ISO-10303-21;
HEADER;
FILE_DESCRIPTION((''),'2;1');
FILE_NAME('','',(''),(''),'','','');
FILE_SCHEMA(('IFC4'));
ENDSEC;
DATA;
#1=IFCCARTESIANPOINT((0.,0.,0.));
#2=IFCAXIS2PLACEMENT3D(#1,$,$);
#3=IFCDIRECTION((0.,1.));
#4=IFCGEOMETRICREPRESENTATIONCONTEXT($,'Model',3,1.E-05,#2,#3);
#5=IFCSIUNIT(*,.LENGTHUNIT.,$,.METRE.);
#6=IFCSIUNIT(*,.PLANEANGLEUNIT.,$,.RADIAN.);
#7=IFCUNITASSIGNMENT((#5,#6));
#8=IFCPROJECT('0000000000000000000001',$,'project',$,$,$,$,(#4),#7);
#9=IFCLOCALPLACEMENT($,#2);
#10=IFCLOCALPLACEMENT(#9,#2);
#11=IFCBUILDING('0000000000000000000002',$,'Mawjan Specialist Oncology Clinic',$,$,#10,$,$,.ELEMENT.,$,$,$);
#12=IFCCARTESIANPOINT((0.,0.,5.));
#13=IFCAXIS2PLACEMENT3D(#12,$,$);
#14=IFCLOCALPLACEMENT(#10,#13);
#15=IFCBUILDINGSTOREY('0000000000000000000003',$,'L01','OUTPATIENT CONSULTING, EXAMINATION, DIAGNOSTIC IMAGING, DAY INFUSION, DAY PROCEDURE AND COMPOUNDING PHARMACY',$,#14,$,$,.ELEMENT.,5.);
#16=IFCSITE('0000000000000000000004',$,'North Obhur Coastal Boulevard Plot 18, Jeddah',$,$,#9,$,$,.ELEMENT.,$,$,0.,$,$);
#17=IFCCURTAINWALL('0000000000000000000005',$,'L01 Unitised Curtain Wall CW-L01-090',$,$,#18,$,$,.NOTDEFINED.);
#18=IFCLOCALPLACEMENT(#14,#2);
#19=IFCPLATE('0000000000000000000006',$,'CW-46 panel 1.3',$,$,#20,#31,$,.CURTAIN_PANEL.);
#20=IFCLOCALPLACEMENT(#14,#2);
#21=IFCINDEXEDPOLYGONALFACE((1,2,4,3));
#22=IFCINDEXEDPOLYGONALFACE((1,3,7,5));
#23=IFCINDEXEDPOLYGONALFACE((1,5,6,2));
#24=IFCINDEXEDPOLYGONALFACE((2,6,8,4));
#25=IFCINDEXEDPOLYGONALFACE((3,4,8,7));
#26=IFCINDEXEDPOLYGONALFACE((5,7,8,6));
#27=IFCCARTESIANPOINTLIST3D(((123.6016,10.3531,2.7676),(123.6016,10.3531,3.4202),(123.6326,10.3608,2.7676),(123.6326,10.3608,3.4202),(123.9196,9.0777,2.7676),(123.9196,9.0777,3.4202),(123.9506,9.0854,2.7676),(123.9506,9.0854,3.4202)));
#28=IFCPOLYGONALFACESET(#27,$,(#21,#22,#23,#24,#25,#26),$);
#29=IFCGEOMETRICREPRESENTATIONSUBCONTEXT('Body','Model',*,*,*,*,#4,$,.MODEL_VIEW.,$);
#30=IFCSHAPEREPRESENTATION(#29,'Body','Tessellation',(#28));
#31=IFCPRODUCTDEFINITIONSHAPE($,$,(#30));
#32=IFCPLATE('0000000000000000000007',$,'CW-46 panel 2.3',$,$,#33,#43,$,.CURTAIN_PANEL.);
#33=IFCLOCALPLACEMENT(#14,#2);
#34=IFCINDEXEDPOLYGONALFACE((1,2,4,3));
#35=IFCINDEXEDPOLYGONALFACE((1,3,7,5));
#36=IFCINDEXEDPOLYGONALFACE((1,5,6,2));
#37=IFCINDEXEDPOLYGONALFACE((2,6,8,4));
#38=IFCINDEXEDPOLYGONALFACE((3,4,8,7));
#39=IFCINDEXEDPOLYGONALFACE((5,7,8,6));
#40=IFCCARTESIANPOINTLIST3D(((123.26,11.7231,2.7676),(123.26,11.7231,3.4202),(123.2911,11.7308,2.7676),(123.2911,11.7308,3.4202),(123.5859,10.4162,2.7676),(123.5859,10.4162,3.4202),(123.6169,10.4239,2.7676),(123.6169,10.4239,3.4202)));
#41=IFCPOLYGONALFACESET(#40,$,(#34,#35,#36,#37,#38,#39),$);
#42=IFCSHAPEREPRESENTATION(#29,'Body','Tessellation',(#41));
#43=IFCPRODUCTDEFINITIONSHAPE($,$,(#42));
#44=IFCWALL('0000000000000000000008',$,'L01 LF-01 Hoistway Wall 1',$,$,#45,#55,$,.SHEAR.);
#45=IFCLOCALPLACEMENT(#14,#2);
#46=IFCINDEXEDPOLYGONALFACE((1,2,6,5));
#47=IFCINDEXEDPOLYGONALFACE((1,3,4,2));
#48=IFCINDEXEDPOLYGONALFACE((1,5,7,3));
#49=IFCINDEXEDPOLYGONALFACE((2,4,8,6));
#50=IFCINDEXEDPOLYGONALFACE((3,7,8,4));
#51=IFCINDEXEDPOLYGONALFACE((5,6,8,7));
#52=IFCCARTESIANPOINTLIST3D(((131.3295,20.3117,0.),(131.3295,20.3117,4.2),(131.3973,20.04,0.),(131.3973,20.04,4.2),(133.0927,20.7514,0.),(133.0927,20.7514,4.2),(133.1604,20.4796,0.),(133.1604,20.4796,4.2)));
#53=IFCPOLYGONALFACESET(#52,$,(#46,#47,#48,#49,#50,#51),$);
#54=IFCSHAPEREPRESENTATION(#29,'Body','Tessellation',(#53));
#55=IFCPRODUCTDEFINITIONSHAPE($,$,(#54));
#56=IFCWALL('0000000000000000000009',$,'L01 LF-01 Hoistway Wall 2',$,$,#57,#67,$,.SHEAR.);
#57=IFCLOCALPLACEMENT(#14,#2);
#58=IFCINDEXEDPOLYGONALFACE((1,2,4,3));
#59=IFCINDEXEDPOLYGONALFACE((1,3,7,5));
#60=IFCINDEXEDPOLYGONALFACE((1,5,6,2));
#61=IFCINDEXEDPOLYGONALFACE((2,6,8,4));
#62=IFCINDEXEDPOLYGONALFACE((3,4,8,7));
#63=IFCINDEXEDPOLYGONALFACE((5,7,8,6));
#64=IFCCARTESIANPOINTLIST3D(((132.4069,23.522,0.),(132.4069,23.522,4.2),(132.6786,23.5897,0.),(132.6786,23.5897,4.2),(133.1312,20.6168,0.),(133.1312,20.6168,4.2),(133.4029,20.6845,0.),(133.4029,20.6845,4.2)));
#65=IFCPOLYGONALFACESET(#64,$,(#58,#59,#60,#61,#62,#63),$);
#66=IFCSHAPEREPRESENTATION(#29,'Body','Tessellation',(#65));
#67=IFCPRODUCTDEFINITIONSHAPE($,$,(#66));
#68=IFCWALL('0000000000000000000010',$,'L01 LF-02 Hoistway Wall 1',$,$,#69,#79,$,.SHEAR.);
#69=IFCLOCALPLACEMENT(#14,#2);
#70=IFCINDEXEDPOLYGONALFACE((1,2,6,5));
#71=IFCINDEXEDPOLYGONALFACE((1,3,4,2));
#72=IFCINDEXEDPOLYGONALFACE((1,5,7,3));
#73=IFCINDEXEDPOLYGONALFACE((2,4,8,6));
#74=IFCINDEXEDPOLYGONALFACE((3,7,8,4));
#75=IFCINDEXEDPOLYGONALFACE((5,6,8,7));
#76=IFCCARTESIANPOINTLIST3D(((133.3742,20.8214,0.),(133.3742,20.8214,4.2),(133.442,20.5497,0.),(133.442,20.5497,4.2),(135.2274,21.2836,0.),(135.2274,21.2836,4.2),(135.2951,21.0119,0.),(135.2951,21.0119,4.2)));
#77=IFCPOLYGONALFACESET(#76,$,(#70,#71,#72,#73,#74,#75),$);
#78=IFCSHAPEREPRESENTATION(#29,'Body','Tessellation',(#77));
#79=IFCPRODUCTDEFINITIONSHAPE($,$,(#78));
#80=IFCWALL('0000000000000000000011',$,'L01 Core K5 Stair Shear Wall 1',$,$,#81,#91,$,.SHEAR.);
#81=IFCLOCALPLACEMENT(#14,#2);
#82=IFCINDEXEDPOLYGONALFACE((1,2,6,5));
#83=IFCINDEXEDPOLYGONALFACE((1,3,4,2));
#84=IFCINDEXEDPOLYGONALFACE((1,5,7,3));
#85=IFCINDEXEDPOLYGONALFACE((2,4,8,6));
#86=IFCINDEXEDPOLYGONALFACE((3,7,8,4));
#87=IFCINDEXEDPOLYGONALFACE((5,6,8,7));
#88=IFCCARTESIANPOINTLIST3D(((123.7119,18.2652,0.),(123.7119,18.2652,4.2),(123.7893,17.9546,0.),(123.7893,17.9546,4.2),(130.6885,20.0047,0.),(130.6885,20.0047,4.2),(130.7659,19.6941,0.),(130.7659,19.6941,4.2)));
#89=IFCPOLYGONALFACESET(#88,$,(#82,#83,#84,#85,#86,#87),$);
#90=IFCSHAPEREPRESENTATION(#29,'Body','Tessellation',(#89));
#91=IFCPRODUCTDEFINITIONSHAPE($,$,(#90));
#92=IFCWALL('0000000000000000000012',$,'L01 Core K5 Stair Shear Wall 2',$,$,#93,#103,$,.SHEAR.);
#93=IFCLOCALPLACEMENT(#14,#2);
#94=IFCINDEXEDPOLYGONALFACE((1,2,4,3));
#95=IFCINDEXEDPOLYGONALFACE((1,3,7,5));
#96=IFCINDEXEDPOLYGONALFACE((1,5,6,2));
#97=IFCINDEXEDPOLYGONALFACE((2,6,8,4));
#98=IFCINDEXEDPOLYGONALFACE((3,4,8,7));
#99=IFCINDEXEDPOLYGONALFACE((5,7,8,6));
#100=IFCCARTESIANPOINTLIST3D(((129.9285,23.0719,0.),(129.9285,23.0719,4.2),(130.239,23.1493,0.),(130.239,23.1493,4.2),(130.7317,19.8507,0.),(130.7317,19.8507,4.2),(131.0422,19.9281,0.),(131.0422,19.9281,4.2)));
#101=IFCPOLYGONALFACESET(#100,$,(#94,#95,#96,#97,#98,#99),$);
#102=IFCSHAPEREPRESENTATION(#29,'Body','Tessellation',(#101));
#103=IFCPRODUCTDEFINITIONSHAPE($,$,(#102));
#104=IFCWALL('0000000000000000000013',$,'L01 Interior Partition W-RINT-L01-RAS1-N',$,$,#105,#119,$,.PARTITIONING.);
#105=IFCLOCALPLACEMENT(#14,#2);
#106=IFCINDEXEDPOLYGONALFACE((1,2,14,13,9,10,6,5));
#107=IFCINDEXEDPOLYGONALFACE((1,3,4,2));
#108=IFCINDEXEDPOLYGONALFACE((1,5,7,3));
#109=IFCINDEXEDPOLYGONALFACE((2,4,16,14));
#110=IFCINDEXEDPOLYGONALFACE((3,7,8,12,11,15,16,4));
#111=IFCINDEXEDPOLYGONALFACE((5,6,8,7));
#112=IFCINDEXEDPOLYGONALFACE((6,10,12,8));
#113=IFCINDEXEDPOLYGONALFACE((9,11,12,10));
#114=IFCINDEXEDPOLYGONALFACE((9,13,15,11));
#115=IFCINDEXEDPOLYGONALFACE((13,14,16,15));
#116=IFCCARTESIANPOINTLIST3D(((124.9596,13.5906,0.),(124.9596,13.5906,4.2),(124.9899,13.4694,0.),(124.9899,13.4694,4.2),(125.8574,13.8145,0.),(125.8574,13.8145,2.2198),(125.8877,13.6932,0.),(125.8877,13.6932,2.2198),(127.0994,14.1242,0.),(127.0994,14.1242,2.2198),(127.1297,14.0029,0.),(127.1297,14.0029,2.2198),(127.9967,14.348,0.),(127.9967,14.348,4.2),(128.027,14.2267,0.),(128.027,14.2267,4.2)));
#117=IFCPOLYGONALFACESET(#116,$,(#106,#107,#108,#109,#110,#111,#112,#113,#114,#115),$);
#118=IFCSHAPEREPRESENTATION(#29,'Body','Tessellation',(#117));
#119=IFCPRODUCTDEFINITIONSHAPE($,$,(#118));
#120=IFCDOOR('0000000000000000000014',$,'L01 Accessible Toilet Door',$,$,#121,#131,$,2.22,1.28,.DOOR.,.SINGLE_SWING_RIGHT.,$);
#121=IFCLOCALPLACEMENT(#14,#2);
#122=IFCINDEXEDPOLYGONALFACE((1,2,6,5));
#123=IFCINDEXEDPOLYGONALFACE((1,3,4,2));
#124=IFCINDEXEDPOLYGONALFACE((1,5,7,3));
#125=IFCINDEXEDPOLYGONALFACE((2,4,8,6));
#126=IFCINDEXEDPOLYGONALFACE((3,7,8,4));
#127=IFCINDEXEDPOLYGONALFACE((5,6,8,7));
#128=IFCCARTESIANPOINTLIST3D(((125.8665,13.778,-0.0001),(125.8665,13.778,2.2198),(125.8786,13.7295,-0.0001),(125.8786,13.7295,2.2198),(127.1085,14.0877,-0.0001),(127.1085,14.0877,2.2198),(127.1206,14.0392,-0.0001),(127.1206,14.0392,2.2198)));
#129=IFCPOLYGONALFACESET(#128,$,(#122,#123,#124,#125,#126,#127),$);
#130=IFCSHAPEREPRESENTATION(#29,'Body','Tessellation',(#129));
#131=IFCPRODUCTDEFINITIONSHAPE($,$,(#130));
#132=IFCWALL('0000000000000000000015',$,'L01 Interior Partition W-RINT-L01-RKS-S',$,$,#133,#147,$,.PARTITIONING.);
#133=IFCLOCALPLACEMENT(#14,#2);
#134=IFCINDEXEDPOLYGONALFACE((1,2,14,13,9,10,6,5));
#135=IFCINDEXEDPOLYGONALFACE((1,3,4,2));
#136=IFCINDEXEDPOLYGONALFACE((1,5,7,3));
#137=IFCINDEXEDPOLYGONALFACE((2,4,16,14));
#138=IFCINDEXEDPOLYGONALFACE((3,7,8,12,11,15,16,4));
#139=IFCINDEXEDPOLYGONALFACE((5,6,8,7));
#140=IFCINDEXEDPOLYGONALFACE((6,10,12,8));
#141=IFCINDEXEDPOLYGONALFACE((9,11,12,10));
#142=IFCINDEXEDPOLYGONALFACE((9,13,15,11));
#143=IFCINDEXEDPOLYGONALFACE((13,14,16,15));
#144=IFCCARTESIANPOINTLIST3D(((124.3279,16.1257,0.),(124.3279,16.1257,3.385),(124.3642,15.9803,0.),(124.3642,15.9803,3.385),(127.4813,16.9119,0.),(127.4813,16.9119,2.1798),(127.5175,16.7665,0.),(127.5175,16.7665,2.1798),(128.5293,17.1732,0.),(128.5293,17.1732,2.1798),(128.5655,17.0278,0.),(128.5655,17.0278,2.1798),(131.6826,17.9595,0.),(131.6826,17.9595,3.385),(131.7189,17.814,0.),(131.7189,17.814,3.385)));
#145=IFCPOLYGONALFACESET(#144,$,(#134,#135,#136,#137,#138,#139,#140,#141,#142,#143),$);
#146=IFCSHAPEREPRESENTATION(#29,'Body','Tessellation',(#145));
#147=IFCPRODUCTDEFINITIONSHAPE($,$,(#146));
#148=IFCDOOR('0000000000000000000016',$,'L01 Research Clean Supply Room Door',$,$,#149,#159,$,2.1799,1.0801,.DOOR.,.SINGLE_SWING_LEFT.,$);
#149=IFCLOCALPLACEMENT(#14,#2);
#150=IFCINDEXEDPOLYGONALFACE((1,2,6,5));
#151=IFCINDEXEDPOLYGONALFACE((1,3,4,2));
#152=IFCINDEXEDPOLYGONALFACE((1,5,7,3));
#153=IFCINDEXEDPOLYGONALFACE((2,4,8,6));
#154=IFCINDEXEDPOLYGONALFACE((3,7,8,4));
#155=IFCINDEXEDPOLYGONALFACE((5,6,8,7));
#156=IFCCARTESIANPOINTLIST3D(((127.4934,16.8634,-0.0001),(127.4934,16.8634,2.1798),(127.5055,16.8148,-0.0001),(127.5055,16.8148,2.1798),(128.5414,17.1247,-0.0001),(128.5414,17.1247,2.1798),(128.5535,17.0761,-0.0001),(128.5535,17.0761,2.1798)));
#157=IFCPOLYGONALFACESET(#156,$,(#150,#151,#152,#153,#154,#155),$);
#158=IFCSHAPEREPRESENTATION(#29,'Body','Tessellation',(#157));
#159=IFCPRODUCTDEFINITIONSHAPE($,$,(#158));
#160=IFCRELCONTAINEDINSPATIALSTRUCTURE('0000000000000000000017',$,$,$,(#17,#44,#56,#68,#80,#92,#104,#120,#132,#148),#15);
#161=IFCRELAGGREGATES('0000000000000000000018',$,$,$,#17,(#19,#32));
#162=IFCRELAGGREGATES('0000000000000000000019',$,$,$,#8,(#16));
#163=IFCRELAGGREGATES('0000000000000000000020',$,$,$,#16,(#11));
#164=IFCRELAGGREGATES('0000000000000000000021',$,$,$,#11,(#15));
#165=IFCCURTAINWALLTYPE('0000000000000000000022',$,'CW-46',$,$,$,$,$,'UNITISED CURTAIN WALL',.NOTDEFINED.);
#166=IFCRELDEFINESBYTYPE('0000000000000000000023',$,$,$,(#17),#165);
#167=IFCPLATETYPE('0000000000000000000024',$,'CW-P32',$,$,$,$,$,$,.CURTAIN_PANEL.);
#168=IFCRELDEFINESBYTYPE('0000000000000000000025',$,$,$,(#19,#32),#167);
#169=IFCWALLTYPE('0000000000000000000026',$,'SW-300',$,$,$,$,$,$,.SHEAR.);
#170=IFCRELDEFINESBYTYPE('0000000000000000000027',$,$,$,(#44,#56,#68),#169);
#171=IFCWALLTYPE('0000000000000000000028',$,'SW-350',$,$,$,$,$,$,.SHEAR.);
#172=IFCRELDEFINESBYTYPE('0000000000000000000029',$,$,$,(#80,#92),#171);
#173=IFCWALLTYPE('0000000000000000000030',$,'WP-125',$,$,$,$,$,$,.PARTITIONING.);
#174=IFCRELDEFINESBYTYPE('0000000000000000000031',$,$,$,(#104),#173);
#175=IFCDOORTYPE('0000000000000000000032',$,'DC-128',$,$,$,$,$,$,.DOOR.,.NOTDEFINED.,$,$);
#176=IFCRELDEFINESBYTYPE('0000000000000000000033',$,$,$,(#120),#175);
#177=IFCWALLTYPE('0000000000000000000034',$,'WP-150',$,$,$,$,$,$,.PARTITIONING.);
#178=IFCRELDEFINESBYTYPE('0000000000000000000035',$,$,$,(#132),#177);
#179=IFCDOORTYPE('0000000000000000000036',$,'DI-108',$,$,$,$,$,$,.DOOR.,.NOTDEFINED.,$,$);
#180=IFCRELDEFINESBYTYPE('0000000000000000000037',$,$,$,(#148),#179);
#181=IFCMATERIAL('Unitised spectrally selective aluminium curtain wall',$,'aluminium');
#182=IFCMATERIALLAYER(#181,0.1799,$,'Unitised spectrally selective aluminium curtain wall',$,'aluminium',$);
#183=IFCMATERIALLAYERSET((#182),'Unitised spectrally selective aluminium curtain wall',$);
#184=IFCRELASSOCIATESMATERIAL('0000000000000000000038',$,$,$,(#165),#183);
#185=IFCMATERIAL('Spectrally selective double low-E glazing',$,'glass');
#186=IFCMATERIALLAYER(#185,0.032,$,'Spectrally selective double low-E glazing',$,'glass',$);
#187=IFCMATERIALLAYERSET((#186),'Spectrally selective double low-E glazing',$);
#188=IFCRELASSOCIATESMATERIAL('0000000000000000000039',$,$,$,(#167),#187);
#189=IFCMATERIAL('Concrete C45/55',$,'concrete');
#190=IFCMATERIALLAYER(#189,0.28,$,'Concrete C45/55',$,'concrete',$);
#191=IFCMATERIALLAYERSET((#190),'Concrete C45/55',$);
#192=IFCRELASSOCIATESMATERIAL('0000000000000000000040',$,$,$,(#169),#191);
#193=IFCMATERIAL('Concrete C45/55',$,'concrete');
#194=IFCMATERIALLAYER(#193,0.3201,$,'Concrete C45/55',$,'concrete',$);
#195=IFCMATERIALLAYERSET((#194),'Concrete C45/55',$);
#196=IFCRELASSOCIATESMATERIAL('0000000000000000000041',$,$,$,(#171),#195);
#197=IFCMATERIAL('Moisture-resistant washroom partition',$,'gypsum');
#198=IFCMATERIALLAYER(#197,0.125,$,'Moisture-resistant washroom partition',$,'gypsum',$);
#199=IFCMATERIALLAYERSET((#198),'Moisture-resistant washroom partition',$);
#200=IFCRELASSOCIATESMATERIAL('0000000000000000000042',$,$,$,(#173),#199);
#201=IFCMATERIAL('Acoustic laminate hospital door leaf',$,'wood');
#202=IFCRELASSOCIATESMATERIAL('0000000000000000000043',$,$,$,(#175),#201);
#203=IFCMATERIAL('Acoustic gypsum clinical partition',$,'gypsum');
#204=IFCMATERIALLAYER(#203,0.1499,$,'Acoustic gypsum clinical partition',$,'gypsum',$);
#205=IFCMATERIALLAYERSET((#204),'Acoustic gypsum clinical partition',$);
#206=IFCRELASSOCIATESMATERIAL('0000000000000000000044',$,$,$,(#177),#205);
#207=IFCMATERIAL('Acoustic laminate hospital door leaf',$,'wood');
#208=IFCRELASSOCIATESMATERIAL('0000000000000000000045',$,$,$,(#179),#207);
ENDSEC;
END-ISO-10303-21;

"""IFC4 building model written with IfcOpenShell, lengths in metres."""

from ifc_helpers import new_model, si_unit, direction, frame, frame_2d, origin, origin_2d, place, context, subcontext, project, spatial, rectangle, extrude, material, layer, layer_set, type_object, element, fill, aggregate, save


model = new_model("IFC4")

# Units and contexts
model_context = context("Model", 3, precision=1e-05, world=origin(), true_north=direction((0.0, 1.0)))
body_context = subcontext(model_context, "Body", "Model", "MODEL_VIEW")
ifc_project = project(units=[si_unit("LENGTHUNIT", "METRE"), si_unit("PLANEANGLEUNIT", "RADIAN")], contexts=[model_context])

# Site, building, storey
site_placement = place(None, origin())
site = spatial("IfcSite", under=ifc_project, at=site_placement, Name="North Obhur Coastal Boulevard Plot 18, Jeddah", CompositionType="ELEMENT", RefElevation=0.0)
building_placement = place(site_placement, origin())
building = spatial("IfcBuilding", under=site, at=building_placement, Name="Mawjan Specialist Oncology Clinic", CompositionType="ELEMENT")
storey_placement = place(building_placement, frame((0.0, 0.0, 5.0)))
storey = spatial("IfcBuildingStorey", under=building, at=storey_placement, Name="L01", Description="OUTPATIENT CONSULTING, EXAMINATION, DIAGNOSTIC IMAGING, DAY INFUSION, DAY PROCEDURE AND COMPOUNDING PHARMACY", CompositionType="ELEMENT", Elevation=5.0)

# Curtain wall, plates
ifc_material_1 = material(Name="Unitised spectrally selective aluminium curtain wall", Category="aluminium")
ifc_layer_1 = layer(ifc_material_1, 0.1799, Name="Unitised spectrally selective aluminium curtain wall", Category="aluminium")
ifc_layer_set_1 = layer_set([ifc_layer_1], Name="Unitised spectrally selective aluminium curtain wall")
curtain_wall_type = type_object("IfcCurtainWallType", Name="CW-46", ElementType="UNITISED CURTAIN WALL", PredefinedType="NOTDEFINED", material=ifc_layer_set_1)
curtain_wall_placement = place(storey_placement, origin())
curtain_wall = element("IfcCurtainWall", 1, at=curtain_wall_placement, inside=storey, type_object=curtain_wall_type, Name="L01 Unitised Curtain Wall CW-L01-090", PredefinedType="NOTDEFINED")
ifc_material_2 = material(Name="Spectrally selective double low-E glazing", Category="glass")
ifc_layer_2 = layer(ifc_material_2, 0.032, Name="Spectrally selective double low-E glazing", Category="glass")
ifc_layer_set_2 = layer_set([ifc_layer_2], Name="Spectrally selective double low-E glazing")
plate_type = type_object("IfcPlateType", Name="CW-P32", PredefinedType="CURTAIN_PANEL", material=ifc_layer_set_2)
plate_1_placement = place(storey_placement, frame((123.7761, 9.7192, 2.7676), z_axis=(0.0, 0.0, 1.0), x_axis=(-0.241922, 0.970296, 0.0)))
plate_1 = element("IfcPlate", 2, at=plate_1_placement, type_object=plate_type, Name="CW-46 panel 1.3", PredefinedType="CURTAIN_PANEL", context=body_context, shape_type="SweptSolid", body=[
    extrude(rectangle(XDim=1.3145, YDim=0.032, at=origin_2d()), origin(), (0.0, 0.0, 1.0), 0.6526),
])
plate_2_placement = place(storey_placement, frame((123.4385, 11.0735, 2.7676), z_axis=(0.0, 0.0, 1.0), x_axis=(-0.241922, 0.970296, 0.0)))
plate_2 = element("IfcPlate", 3, at=plate_2_placement, type_object=plate_type, Name="CW-46 panel 2.3", PredefinedType="CURTAIN_PANEL", context=body_context, shape_type="SweptSolid", body=[
    extrude(rectangle(XDim=1.3469, YDim=0.032, at=origin_2d()), origin(), (0.0, 0.0, 1.0), 0.6526),
])
aggregate(curtain_wall, [plate_1, plate_2])

# Walls
ifc_material_3 = material(Name="Concrete C45/55", Category="concrete")
ifc_layer_3 = layer(ifc_material_3, 0.28, Name="Concrete C45/55", Category="concrete")
ifc_layer_set_3 = layer_set([ifc_layer_3], Name="Concrete C45/55")
wall_type_1 = type_object("IfcWallType", Name="SW-300", PredefinedType="SHEAR", material=ifc_layer_set_3)
wall_1_placement = place(storey_placement, frame((131.3633, 20.1758, 0.0), z_axis=(0.0, 0.0, 1.0), x_axis=(0.970285, 0.241967, 0.0)))
element("IfcWall", 4, at=wall_1_placement, inside=storey, type_object=wall_type_1, Name="L01 LF-01 Hoistway Wall 1", PredefinedType="SHEAR", context=body_context, shape_type="SweptSolid", body=[
    extrude(rectangle(XDim=1.8171, YDim=0.28, at=frame_2d((0.9087, 0.0))), origin(), (0.0, 0.0, 1.0), 4.2),
])
wall_2_placement = place(storey_placement, frame((133.2671, 20.6506, 0.0), z_axis=(0.0, 0.0, 1.0), x_axis=(-0.241922, 0.970296, 0.0)))
element("IfcWall", 5, at=wall_2_placement, inside=storey, type_object=wall_type_1, Name="L01 LF-01 Hoistway Wall 2", PredefinedType="SHEAR", context=body_context, shape_type="SweptSolid", body=[
    extrude(rectangle(XDim=2.9941, YDim=0.28, at=frame_2d((1.4971, 0.0))), origin(), (0.0, 0.0, 1.0), 4.2),
])
wall_3_placement = place(storey_placement, frame((133.408, 20.6855, 0.0), z_axis=(0.0, 0.0, 1.0), x_axis=(0.970285, 0.241964, 0.0)))
element("IfcWall", 6, at=wall_3_placement, inside=storey, type_object=wall_type_1, Name="L01 LF-02 Hoistway Wall 1", PredefinedType="SHEAR", context=body_context, shape_type="SweptSolid", body=[
    extrude(rectangle(XDim=1.9099, YDim=0.28, at=frame_2d((0.9551, 0.0))), origin(), (0.0, 0.0, 1.0), 4.2),
])
ifc_material_4 = material(Name="Concrete C45/55", Category="concrete")
ifc_layer_4 = layer(ifc_material_4, 0.3201, Name="Concrete C45/55", Category="concrete")
ifc_layer_set_4 = layer_set([ifc_layer_4], Name="Concrete C45/55")
wall_type_2 = type_object("IfcWallType", Name="SW-350", PredefinedType="SHEAR", material=ifc_layer_set_4)
wall_4_placement = place(storey_placement, frame((123.7505, 18.1099, 0.0), z_axis=(0.0, 0.0, 1.0), x_axis=(0.970294, 0.241928, 0.0)))
element("IfcWall", 7, at=wall_4_placement, inside=storey, type_object=wall_type_2, Name="L01 Core K5 Stair Shear Wall 1", PredefinedType="SHEAR", context=body_context, shape_type="SweptSolid", body=[
    extrude(rectangle(XDim=7.1902, YDim=0.3201, at=frame_2d((3.5952, 0.0))), origin(), (0.0, 0.0, 1.0), 4.2),
])
wall_5_placement = place(storey_placement, frame((130.887, 19.8894, 0.0), z_axis=(0.0, 0.0, 1.0), x_axis=(-0.241947, 0.970289, 0.0)))
element("IfcWall", 8, at=wall_5_placement, inside=storey, type_object=wall_type_2, Name="L01 Core K5 Stair Shear Wall 2", PredefinedType="SHEAR", context=body_context, shape_type="SweptSolid", body=[
    extrude(rectangle(XDim=3.3198, YDim=0.3201, at=frame_2d((1.6599, 0.0))), origin(), (0.0, 0.0, 1.0), 4.2),
])

# Walls, openings, doors
ifc_material_5 = material(Name="Moisture-resistant washroom partition", Category="gypsum")
ifc_layer_5 = layer(ifc_material_5, 0.125, Name="Moisture-resistant washroom partition", Category="gypsum")
ifc_layer_set_5 = layer_set([ifc_layer_5], Name="Moisture-resistant washroom partition")
wall_type_3 = type_object("IfcWallType", Name="WP-125", PredefinedType="PARTITIONING", material=ifc_layer_set_5)
wall_6_placement = place(storey_placement, frame((124.9749, 13.53, 0.0), z_axis=(0.0, 0.0, 1.0), x_axis=(0.970289, 0.241948, 0.0)))
wall_6 = element("IfcWall", 9, at=wall_6_placement, inside=storey, type_object=wall_type_3, Name="L01 Interior Partition W-RINT-L01-RAS1-N", PredefinedType="PARTITIONING", context=body_context, shape_type="SweptSolid", body=[
    extrude(rectangle(XDim=3.1301, YDim=0.125, at=frame_2d((1.5649, 0.0))), origin(), (0.0, 0.0, 1.0), 4.2),
])
opening_1_placement = place(wall_6_placement, frame((0.925, 0.0, 0.0)))
opening_1 = element("IfcOpeningElement", 10, at=opening_1_placement, cuts=wall_6, PredefinedType="OPENING", context=body_context, shape_type="SweptSolid", body=[
    extrude(rectangle(XDim=1.28, YDim=2.22, at=frame_2d((0.6401, 1.1099))), frame((0.0, 0.0745, 0.0), z_axis=(0.0, -1.0, 0.0), x_axis=(1.0, 0.0, 0.0)), (0.0, 0.0, 1.0), 0.1489),
])
ifc_material_6 = material(Name="Acoustic laminate hospital door leaf", Category="wood")
door_type_1 = type_object("IfcDoorType", Name="DC-128", OperationType="NOTDEFINED", PredefinedType="DOOR", material=ifc_material_6)
door_1_placement = place(opening_1_placement, origin())
door_1 = element("IfcDoor", 11, at=door_1_placement, inside=storey, type_object=door_type_1, Name="L01 Accessible Toilet Door", OperationType="SINGLE_SWING_RIGHT", OverallHeight=2.22, OverallWidth=1.28, PredefinedType="DOOR", context=body_context, shape_type="SweptSolid", body=[
    extrude(rectangle(XDim=1.28, YDim=2.22, at=frame_2d((0.6401, 1.1099))), frame((0.0, 0.0249, 0.0), z_axis=(0.0, -1.0, 0.0), x_axis=(1.0, 0.0, 0.0)), (0.0, 0.0, 1.0), 0.05),
])
fill(opening_1, door_1)
ifc_material_7 = material(Name="Acoustic gypsum clinical partition", Category="gypsum")
ifc_layer_6 = layer(ifc_material_7, 0.1499, Name="Acoustic gypsum clinical partition", Category="gypsum")
ifc_layer_set_6 = layer_set([ifc_layer_6], Name="Acoustic gypsum clinical partition")
wall_type_4 = type_object("IfcWallType", Name="WP-150", PredefinedType="PARTITIONING", material=ifc_layer_set_6)
wall_7_placement = place(storey_placement, frame((124.3459, 16.053, 0.0), z_axis=(0.0, 0.0, 1.0), x_axis=(0.970296, 0.241922, 0.0)))
wall_7 = element("IfcWall", 12, at=wall_7_placement, inside=storey, type_object=wall_type_4, Name="L01 Interior Partition W-RINT-L01-RKS-S", PredefinedType="PARTITIONING", context=body_context, shape_type="SweptSolid", body=[
    extrude(rectangle(XDim=7.5798, YDim=0.1499, at=frame_2d((3.79, 0.0))), origin(), (0.0, 0.0, 1.0), 3.385),
])
opening_2_placement = place(wall_7_placement, frame((3.25, 0.0, 0.0)))
opening_2 = element("IfcOpeningElement", 13, at=opening_2_placement, cuts=wall_7, PredefinedType="OPENING", context=body_context, shape_type="SweptSolid", body=[
    extrude(rectangle(XDim=1.0801, YDim=2.1799, at=frame_2d((0.54, 1.0898))), frame((0.0, 0.0869, 0.0), z_axis=(0.0, -1.0, 0.0), x_axis=(1.0, 0.0, 0.0)), (0.0, 0.0, 1.0), 0.1738),
])
ifc_material_8 = material(Name="Acoustic laminate hospital door leaf", Category="wood")
door_type_2 = type_object("IfcDoorType", Name="DI-108", OperationType="NOTDEFINED", PredefinedType="DOOR", material=ifc_material_8)
door_2_placement = place(opening_2_placement, origin())
door_2 = element("IfcDoor", 14, at=door_2_placement, inside=storey, type_object=door_type_2, Name="L01 Research Clean Supply Room Door", OperationType="SINGLE_SWING_LEFT", OverallHeight=2.1799, OverallWidth=1.0801, PredefinedType="DOOR", context=body_context, shape_type="SweptSolid", body=[
    extrude(rectangle(XDim=1.0801, YDim=2.1799, at=frame_2d((0.54, 1.0898))), frame((0.0, 0.0249, 0.0), z_axis=(0.0, -1.0, 0.0), x_axis=(1.0, 0.0, 0.0)), (0.0, 0.0, 1.0), 0.05),
])
fill(opening_2, door_2)

save(model, "model.ifc")
